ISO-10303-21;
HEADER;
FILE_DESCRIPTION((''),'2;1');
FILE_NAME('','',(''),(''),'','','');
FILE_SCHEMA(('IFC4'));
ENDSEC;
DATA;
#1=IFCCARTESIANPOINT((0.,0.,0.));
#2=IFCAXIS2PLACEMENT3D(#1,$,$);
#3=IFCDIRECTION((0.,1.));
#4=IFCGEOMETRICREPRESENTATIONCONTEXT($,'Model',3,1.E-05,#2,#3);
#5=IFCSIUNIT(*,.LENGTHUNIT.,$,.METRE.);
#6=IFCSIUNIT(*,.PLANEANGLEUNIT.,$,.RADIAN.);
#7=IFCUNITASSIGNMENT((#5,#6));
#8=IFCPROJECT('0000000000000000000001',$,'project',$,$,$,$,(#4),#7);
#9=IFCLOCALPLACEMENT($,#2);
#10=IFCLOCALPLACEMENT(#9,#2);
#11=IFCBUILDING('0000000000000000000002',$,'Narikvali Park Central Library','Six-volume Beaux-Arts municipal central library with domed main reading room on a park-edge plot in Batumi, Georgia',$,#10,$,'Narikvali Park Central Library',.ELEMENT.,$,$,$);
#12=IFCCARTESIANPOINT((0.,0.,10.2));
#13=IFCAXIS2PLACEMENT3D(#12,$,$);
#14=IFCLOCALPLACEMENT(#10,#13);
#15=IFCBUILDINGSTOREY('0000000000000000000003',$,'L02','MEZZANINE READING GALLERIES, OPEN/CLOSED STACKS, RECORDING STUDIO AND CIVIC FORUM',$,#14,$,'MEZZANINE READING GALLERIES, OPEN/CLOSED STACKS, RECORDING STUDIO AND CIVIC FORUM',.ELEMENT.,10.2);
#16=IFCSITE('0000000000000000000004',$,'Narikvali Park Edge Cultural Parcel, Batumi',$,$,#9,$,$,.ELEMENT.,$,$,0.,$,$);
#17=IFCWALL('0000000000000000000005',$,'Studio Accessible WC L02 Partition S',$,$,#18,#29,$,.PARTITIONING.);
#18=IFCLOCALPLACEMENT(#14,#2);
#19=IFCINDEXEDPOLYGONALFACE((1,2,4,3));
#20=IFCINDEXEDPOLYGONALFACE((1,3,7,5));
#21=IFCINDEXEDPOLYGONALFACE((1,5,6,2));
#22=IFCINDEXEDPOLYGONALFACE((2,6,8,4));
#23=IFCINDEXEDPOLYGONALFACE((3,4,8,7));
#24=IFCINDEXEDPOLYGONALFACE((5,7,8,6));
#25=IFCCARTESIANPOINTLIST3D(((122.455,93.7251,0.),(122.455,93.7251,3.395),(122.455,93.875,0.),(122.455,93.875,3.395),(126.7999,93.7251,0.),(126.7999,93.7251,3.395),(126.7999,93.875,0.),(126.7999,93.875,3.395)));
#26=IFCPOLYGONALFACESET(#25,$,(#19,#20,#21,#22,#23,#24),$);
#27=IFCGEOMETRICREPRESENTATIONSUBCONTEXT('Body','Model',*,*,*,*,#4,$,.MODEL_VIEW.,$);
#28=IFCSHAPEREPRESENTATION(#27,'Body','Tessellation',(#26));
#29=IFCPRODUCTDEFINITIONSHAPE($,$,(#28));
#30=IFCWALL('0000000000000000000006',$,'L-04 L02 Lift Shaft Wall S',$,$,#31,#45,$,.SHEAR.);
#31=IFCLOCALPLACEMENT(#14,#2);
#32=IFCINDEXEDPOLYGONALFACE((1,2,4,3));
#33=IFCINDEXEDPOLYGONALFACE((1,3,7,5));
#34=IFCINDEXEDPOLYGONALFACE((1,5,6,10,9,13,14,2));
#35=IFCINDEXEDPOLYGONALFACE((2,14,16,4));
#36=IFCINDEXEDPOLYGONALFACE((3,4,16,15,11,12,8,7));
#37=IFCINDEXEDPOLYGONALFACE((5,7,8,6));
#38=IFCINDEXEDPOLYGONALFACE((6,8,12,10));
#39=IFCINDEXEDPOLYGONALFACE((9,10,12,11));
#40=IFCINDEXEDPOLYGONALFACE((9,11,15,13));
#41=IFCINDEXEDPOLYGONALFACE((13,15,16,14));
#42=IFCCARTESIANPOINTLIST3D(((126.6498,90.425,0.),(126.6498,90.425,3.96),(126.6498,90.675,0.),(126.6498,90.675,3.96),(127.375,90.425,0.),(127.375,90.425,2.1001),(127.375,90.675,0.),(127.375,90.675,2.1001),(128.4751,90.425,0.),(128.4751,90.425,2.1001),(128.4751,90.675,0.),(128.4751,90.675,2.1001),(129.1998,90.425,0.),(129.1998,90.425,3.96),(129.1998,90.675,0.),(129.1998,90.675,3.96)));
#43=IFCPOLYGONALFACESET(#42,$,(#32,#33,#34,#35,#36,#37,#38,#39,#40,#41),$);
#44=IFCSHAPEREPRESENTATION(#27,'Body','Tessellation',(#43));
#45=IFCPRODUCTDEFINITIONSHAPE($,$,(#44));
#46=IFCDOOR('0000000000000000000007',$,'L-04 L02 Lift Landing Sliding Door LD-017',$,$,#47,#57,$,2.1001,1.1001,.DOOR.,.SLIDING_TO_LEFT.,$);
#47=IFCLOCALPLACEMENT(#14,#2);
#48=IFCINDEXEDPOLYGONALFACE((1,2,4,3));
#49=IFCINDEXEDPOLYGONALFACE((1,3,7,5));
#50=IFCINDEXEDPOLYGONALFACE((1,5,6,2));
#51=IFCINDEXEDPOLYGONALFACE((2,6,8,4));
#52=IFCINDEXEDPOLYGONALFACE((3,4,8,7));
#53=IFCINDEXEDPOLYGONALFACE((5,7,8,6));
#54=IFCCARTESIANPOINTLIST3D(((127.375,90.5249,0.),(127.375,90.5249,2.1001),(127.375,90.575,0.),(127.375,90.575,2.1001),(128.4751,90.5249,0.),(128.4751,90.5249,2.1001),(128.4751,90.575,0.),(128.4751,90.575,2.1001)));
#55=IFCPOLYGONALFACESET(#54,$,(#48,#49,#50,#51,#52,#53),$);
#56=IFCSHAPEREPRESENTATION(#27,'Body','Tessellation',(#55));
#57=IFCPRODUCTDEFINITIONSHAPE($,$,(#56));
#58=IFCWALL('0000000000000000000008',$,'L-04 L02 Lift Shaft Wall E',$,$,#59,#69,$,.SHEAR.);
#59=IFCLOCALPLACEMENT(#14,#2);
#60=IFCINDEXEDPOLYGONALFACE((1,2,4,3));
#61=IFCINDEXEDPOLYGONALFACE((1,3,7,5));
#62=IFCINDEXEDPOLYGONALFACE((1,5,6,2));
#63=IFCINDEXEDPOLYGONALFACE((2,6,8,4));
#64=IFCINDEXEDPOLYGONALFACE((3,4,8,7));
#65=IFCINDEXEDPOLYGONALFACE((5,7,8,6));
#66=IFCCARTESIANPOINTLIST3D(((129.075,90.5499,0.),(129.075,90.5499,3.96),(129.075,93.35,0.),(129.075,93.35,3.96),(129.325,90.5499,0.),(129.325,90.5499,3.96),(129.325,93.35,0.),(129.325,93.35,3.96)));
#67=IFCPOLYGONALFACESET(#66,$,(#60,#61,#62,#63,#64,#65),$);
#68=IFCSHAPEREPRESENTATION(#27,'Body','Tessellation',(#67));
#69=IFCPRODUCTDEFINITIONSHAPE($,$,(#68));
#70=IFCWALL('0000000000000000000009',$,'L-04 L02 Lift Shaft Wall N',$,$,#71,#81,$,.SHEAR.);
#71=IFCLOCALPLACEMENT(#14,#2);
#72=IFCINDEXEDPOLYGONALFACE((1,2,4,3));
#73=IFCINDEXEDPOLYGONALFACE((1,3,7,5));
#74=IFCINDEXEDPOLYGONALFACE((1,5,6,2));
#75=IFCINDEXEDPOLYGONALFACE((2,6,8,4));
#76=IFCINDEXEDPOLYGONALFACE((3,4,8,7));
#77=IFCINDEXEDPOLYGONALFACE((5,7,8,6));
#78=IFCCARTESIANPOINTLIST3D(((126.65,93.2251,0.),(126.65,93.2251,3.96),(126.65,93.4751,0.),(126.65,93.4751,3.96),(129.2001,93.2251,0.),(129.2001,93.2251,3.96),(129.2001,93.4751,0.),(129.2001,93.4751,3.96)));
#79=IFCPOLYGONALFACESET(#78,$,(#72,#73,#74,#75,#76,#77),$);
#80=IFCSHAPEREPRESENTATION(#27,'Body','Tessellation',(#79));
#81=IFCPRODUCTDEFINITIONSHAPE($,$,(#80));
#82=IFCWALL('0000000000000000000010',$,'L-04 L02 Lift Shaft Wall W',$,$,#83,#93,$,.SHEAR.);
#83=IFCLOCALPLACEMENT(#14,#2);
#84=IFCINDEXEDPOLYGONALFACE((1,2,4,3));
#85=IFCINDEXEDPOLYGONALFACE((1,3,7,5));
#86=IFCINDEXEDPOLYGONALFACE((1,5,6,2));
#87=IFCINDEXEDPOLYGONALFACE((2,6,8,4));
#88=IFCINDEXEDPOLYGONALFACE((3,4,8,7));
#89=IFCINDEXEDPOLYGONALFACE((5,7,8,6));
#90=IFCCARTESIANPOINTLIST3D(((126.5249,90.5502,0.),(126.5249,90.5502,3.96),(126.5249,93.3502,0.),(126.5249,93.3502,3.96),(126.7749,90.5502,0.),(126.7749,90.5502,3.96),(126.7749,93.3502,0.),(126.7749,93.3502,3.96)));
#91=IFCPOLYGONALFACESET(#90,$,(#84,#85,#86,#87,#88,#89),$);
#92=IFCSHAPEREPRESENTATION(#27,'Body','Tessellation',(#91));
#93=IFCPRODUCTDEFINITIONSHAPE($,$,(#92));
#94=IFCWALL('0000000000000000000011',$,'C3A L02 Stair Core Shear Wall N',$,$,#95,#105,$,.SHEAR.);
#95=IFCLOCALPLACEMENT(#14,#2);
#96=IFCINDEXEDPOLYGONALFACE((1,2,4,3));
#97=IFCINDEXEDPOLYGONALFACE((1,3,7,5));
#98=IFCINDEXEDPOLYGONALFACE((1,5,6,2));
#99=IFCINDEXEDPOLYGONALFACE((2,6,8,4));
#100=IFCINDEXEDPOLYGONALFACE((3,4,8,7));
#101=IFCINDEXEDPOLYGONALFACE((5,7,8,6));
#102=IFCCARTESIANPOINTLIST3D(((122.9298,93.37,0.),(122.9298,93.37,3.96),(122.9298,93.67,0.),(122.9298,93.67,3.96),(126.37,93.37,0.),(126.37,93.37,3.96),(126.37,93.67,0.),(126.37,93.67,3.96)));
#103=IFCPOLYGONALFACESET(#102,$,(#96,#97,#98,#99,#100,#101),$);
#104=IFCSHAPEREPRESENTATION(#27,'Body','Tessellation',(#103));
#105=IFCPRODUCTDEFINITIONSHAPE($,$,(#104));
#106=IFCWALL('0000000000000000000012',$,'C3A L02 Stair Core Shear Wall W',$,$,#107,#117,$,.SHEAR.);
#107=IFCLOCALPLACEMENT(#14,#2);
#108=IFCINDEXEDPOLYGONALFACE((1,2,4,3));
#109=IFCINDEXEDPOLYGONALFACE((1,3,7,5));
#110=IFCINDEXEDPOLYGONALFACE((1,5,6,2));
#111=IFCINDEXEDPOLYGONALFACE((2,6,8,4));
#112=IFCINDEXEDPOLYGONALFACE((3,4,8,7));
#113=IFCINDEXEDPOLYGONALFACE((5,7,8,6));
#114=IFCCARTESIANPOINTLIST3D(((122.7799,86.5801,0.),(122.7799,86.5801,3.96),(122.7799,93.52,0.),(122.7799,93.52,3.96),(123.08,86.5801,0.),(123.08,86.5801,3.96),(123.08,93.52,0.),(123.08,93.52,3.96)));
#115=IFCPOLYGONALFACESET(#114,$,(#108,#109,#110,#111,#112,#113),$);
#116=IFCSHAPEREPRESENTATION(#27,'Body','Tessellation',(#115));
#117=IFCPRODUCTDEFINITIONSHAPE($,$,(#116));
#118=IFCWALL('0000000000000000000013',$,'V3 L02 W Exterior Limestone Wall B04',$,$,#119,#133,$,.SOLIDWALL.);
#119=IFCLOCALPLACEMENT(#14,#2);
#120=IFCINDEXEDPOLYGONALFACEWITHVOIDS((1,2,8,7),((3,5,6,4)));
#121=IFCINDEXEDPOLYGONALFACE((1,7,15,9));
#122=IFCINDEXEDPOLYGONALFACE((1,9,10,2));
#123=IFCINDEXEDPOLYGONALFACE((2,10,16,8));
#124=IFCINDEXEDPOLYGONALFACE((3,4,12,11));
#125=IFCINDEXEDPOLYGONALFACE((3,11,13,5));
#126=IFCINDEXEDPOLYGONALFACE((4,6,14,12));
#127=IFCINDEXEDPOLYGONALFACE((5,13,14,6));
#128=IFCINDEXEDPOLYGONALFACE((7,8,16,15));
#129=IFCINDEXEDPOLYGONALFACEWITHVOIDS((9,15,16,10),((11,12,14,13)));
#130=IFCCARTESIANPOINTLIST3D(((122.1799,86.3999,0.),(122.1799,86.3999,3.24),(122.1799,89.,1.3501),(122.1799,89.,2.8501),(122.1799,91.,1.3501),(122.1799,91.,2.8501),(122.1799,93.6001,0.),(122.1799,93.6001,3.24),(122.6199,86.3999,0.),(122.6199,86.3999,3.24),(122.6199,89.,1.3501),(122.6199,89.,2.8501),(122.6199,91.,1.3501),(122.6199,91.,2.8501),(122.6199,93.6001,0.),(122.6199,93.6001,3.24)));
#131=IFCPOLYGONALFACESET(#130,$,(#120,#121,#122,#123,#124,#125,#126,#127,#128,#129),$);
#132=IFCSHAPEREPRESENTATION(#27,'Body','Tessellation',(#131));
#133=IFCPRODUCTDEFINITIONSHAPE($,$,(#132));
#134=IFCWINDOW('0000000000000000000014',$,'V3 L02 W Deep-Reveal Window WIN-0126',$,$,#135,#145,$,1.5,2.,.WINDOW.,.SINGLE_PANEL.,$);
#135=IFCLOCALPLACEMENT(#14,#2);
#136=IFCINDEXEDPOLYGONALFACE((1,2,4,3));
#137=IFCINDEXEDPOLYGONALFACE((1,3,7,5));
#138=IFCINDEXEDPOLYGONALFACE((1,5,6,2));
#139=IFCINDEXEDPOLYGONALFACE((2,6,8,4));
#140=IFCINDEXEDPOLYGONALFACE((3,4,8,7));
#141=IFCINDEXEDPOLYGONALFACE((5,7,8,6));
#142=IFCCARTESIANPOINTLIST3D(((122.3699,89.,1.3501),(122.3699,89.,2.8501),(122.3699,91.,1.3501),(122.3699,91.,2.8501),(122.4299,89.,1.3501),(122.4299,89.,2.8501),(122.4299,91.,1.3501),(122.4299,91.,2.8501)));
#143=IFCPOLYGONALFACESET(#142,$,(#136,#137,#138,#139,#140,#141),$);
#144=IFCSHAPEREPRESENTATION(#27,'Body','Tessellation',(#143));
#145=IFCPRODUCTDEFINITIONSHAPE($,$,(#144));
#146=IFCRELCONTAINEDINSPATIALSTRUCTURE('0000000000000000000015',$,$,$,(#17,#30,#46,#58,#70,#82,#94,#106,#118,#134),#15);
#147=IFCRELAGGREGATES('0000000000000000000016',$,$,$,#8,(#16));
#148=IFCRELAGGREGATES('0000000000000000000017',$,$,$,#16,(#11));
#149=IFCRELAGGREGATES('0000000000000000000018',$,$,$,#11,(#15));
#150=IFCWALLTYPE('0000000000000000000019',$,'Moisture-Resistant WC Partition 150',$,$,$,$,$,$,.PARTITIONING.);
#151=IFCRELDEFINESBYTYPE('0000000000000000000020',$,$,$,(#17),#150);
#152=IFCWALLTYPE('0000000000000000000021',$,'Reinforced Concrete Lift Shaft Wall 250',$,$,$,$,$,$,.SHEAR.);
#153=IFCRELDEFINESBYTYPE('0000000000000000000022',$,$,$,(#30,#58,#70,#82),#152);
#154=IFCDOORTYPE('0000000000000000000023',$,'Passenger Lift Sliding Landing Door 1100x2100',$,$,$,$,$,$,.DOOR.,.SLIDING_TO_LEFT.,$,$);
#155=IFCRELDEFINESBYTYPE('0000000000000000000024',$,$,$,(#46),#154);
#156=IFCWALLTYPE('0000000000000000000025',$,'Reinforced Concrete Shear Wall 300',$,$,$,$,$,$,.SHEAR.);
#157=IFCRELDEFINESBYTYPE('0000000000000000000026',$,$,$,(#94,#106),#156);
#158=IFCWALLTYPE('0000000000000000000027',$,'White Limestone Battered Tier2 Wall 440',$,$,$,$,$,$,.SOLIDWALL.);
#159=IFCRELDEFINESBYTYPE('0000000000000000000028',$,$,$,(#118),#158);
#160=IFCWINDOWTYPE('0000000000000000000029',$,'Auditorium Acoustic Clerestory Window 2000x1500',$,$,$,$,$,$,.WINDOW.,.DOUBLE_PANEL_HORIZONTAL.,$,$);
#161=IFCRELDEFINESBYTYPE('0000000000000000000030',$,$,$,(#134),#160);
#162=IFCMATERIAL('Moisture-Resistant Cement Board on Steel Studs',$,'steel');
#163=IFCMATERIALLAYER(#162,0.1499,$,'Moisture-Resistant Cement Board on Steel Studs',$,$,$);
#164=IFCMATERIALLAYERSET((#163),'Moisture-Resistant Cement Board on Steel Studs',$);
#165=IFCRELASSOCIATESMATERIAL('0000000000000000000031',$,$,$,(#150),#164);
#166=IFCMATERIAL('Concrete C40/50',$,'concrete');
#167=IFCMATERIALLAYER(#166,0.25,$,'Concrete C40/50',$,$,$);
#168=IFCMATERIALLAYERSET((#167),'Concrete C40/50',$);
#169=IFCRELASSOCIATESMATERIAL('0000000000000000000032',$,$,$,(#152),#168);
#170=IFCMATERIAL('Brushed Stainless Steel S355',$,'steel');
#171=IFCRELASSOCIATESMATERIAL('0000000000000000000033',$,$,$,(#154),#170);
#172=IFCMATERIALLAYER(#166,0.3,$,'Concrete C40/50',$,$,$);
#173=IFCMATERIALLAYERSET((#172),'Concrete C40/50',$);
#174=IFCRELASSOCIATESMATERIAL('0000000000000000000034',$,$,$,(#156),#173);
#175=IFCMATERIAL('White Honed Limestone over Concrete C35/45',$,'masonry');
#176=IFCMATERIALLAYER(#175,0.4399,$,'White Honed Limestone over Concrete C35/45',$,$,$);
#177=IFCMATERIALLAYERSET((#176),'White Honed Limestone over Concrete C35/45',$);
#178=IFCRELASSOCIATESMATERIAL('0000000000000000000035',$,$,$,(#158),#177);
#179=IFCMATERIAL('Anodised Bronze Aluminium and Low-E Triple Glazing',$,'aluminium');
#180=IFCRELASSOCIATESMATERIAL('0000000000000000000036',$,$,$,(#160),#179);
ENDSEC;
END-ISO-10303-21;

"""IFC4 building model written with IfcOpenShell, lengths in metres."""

from ifc_helpers import new_model, si_unit, direction, frame, frame_2d, origin, place, context, subcontext, project, spatial, rectangle, extrude, material, layer, layer_set, type_object, element, fill, save


model = new_model("IFC4")

# Units and contexts
model_context = context("Model", 3, precision=1e-05, world=origin(), true_north=direction((0.0, 1.0)))
body_context = subcontext(model_context, "Body", "Model", "MODEL_VIEW")
ifc_project = project(units=[si_unit("LENGTHUNIT", "METRE"), si_unit("PLANEANGLEUNIT", "RADIAN")], contexts=[model_context])

# Site, building, storey
site_placement = place(None, origin())
site = spatial("IfcSite", under=ifc_project, at=site_placement, Name="Narikvali Park Edge Cultural Parcel, Batumi", CompositionType="ELEMENT", RefElevation=0.0)
building_placement = place(site_placement, origin())
building = spatial("IfcBuilding", under=site, at=building_placement, Name="Narikvali Park Central Library", Description="Six-volume Beaux-Arts municipal central library with domed main reading room on a park-edge plot in Batumi, Georgia", LongName="Narikvali Park Central Library", CompositionType="ELEMENT")
storey_placement = place(building_placement, frame((0.0, 0.0, 10.2)))
storey = spatial("IfcBuildingStorey", under=building, at=storey_placement, Name="L02", Description="MEZZANINE READING GALLERIES, OPEN/CLOSED STACKS, RECORDING STUDIO AND CIVIC FORUM", LongName="MEZZANINE READING GALLERIES, OPEN/CLOSED STACKS, RECORDING STUDIO AND CIVIC FORUM", CompositionType="ELEMENT", Elevation=10.2)

# Wall
ifc_material_1 = material(Name="Moisture-Resistant Cement Board on Steel Studs", Category="steel")
ifc_layer_1 = layer(ifc_material_1, 0.1499, Name="Moisture-Resistant Cement Board on Steel Studs")
ifc_layer_set_1 = layer_set([ifc_layer_1], Name="Moisture-Resistant Cement Board on Steel Studs")
wall_type_1 = type_object("IfcWallType", Name="Moisture-Resistant WC Partition 150", PredefinedType="PARTITIONING", material=ifc_layer_set_1)
wall_1_placement = place(storey_placement, frame((122.4551, 93.8, 0.0), z_axis=(0.0, 0.0, 1.0), x_axis=(1.0, 0.0, 0.0)))
element("IfcWall", 1, at=wall_1_placement, inside=storey, type_object=wall_type_1, Name="Studio Accessible WC L02 Partition S", PredefinedType="PARTITIONING", context=body_context, shape_type="SweptSolid", body=[
    extrude(rectangle(XDim=4.345, YDim=0.1499, at=frame_2d((2.1724, 0.0))), origin(), (0.0, 0.0, 1.0), 3.395),
])

# Wall, opening, door
ifc_material_2 = material(Name="Concrete C40/50", Category="concrete")
ifc_layer_2 = layer(ifc_material_2, 0.25, Name="Concrete C40/50")
ifc_layer_set_2 = layer_set([ifc_layer_2], Name="Concrete C40/50")
wall_type_2 = type_object("IfcWallType", Name="Reinforced Concrete Lift Shaft Wall 250", PredefinedType="SHEAR", material=ifc_layer_set_2)
wall_2_placement = place(storey_placement, frame((126.6499, 90.55, 0.0), z_axis=(0.0, 0.0, 1.0), x_axis=(1.0, 0.0, 0.0)))
wall_2 = element("IfcWall", 2, at=wall_2_placement, inside=storey, type_object=wall_type_2, Name="L-04 L02 Lift Shaft Wall S", PredefinedType="SHEAR", context=body_context, shape_type="SweptSolid", body=[
    extrude(rectangle(XDim=2.55, YDim=0.25, at=frame_2d((1.2749, 0.0))), origin(), (0.0, 0.0, 1.0), 3.96),
])
opening_1_placement = place(wall_2_placement, frame((0.7251, 0.0, 0.0)))
opening_1 = element("IfcOpeningElement", 3, at=opening_1_placement, cuts=wall_2, PredefinedType="OPENING", context=body_context, shape_type="SweptSolid", body=[
    extrude(rectangle(XDim=1.1001, YDim=2.1001, at=frame_2d((0.55, 1.05))), frame((0.0, 0.137, 0.0), z_axis=(0.0, -1.0, 0.0), x_axis=(1.0, 0.0, 0.0)), (0.0, 0.0, 1.0), 0.2739),
])
ifc_material_3 = material(Name="Brushed Stainless Steel S355", Category="steel")
door_type = type_object("IfcDoorType", Name="Passenger Lift Sliding Landing Door 1100x2100", OperationType="SLIDING_TO_LEFT", PredefinedType="DOOR", material=ifc_material_3)
door_placement = place(opening_1_placement, origin())
door = element("IfcDoor", 4, at=door_placement, inside=storey, type_object=door_type, Name="L-04 L02 Lift Landing Sliding Door LD-017", OperationType="SLIDING_TO_LEFT", OverallHeight=2.1001, OverallWidth=1.1001, PredefinedType="DOOR", context=body_context, shape_type="SweptSolid", body=[
    extrude(rectangle(XDim=1.1001, YDim=2.1001, at=frame_2d((0.55, 1.05))), frame((0.0, 0.0249, 0.0), z_axis=(0.0, -1.0, 0.0), x_axis=(1.0, 0.0, 0.0)), (0.0, 0.0, 1.0), 0.05),
])
fill(opening_1, door)

# Walls
wall_3_placement = place(storey_placement, frame((129.2, 90.55, 0.0), z_axis=(0.0, 0.0, 1.0), x_axis=(0.0, 1.0, 0.0)))
element("IfcWall", 5, at=wall_3_placement, inside=storey, type_object=wall_type_2, Name="L-04 L02 Lift Shaft Wall E", PredefinedType="SHEAR", context=body_context, shape_type="SweptSolid", body=[
    extrude(rectangle(XDim=2.8, YDim=0.25, at=frame_2d((1.3999, 0.0))), origin(), (0.0, 0.0, 1.0), 3.96),
])
wall_4_placement = place(storey_placement, frame((129.2, 93.3501, 0.0), z_axis=(0.0, 0.0, 1.0), x_axis=(-1.0, 0.0, 0.0)))
element("IfcWall", 6, at=wall_4_placement, inside=storey, type_object=wall_type_2, Name="L-04 L02 Lift Shaft Wall N", PredefinedType="SHEAR", context=body_context, shape_type="SweptSolid", body=[
    extrude(rectangle(XDim=2.55, YDim=0.25, at=frame_2d((1.2749, 0.0))), origin(), (0.0, 0.0, 1.0), 3.96),
])
wall_5_placement = place(storey_placement, frame((126.6499, 93.3501, 0.0), z_axis=(0.0, 0.0, 1.0), x_axis=(0.0, -1.0, 0.0)))
element("IfcWall", 7, at=wall_5_placement, inside=storey, type_object=wall_type_2, Name="L-04 L02 Lift Shaft Wall W", PredefinedType="SHEAR", context=body_context, shape_type="SweptSolid", body=[
    extrude(rectangle(XDim=2.8, YDim=0.25, at=frame_2d((1.3999, 0.0))), origin(), (0.0, 0.0, 1.0), 3.96),
])
ifc_layer_3 = layer(ifc_material_2, 0.3, Name="Concrete C40/50")
ifc_layer_set_3 = layer_set([ifc_layer_3], Name="Concrete C40/50")
wall_type_3 = type_object("IfcWallType", Name="Reinforced Concrete Shear Wall 300", PredefinedType="SHEAR", material=ifc_layer_set_3)
wall_6_placement = place(storey_placement, frame((126.3701, 93.52, 0.0), z_axis=(0.0, 0.0, 1.0), x_axis=(-1.0, 0.0, 0.0)))
element("IfcWall", 8, at=wall_6_placement, inside=storey, type_object=wall_type_3, Name="C3A L02 Stair Core Shear Wall N", PredefinedType="SHEAR", context=body_context, shape_type="SweptSolid", body=[
    extrude(rectangle(XDim=3.4402, YDim=0.3, at=frame_2d((1.7202, 0.0))), origin(), (0.0, 0.0, 1.0), 3.96),
])
wall_7_placement = place(storey_placement, frame((122.9299, 93.52, 0.0), z_axis=(0.0, 0.0, 1.0), x_axis=(0.0, -1.0, 0.0)))
element("IfcWall", 9, at=wall_7_placement, inside=storey, type_object=wall_type_3, Name="C3A L02 Stair Core Shear Wall W", PredefinedType="SHEAR", context=body_context, shape_type="SweptSolid", body=[
    extrude(rectangle(XDim=6.9399, YDim=0.3, at=frame_2d((3.47, 0.0))), origin(), (0.0, 0.0, 1.0), 3.96),
])

# Wall, opening, window
ifc_material_4 = material(Name="White Honed Limestone over Concrete C35/45", Category="masonry")
ifc_layer_4 = layer(ifc_material_4, 0.4399, Name="White Honed Limestone over Concrete C35/45")
ifc_layer_set_4 = layer_set([ifc_layer_4], Name="White Honed Limestone over Concrete C35/45")
wall_type_4 = type_object("IfcWallType", Name="White Limestone Battered Tier2 Wall 440", PredefinedType="SOLIDWALL", material=ifc_layer_set_4)
wall_8_placement = place(storey_placement, frame((122.3999, 93.6001, 0.0), z_axis=(0.0, 0.0, 1.0), x_axis=(0.0, -1.0, 0.0)))
wall_8 = element("IfcWall", 10, at=wall_8_placement, inside=storey, type_object=wall_type_4, Name="V3 L02 W Exterior Limestone Wall B04", PredefinedType="SOLIDWALL", context=body_context, shape_type="SweptSolid", body=[
    extrude(rectangle(XDim=7.2002, YDim=0.4399, at=frame_2d((3.6001, 0.0))), origin(), (0.0, 0.0, 1.0), 3.24),
])
opening_2_placement = place(wall_8_placement, frame((2.6001, 0.0, 1.3501)))
opening_2 = element("IfcOpeningElement", 11, at=opening_2_placement, cuts=wall_8, PredefinedType="OPENING", context=body_context, shape_type="SweptSolid", body=[
    extrude(rectangle(XDim=2.0, YDim=1.5, at=frame_2d((1.0, 0.75))), frame((0.0, 0.2319, 0.0), z_axis=(0.0, -1.0, 0.0), x_axis=(1.0, 0.0, 0.0)), (0.0, 0.0, 1.0), 0.4639),
])
ifc_material_5 = material(Name="Anodised Bronze Aluminium and Low-E Triple Glazing", Category="aluminium")
window_type = type_object("IfcWindowType", Name="Auditorium Acoustic Clerestory Window 2000x1500", PartitioningType="DOUBLE_PANEL_HORIZONTAL", PredefinedType="WINDOW", material=ifc_material_5)
window_placement = place(opening_2_placement, origin())
window = element("IfcWindow", 12, at=window_placement, inside=storey, type_object=window_type, Name="V3 L02 W Deep-Reveal Window WIN-0126", OverallHeight=1.5, OverallWidth=2.0, PartitioningType="SINGLE_PANEL", PredefinedType="WINDOW", context=body_context, shape_type="SweptSolid", body=[
    extrude(rectangle(XDim=2.0, YDim=1.5, at=frame_2d((1.0, 0.75))), frame((0.0, 0.03, 0.0), z_axis=(0.0, -1.0, 0.0), x_axis=(1.0, 0.0, 0.0)), (0.0, 0.0, 1.0), 0.0601),
])
fill(opening_2, window)

save(model, "model.ifc")
